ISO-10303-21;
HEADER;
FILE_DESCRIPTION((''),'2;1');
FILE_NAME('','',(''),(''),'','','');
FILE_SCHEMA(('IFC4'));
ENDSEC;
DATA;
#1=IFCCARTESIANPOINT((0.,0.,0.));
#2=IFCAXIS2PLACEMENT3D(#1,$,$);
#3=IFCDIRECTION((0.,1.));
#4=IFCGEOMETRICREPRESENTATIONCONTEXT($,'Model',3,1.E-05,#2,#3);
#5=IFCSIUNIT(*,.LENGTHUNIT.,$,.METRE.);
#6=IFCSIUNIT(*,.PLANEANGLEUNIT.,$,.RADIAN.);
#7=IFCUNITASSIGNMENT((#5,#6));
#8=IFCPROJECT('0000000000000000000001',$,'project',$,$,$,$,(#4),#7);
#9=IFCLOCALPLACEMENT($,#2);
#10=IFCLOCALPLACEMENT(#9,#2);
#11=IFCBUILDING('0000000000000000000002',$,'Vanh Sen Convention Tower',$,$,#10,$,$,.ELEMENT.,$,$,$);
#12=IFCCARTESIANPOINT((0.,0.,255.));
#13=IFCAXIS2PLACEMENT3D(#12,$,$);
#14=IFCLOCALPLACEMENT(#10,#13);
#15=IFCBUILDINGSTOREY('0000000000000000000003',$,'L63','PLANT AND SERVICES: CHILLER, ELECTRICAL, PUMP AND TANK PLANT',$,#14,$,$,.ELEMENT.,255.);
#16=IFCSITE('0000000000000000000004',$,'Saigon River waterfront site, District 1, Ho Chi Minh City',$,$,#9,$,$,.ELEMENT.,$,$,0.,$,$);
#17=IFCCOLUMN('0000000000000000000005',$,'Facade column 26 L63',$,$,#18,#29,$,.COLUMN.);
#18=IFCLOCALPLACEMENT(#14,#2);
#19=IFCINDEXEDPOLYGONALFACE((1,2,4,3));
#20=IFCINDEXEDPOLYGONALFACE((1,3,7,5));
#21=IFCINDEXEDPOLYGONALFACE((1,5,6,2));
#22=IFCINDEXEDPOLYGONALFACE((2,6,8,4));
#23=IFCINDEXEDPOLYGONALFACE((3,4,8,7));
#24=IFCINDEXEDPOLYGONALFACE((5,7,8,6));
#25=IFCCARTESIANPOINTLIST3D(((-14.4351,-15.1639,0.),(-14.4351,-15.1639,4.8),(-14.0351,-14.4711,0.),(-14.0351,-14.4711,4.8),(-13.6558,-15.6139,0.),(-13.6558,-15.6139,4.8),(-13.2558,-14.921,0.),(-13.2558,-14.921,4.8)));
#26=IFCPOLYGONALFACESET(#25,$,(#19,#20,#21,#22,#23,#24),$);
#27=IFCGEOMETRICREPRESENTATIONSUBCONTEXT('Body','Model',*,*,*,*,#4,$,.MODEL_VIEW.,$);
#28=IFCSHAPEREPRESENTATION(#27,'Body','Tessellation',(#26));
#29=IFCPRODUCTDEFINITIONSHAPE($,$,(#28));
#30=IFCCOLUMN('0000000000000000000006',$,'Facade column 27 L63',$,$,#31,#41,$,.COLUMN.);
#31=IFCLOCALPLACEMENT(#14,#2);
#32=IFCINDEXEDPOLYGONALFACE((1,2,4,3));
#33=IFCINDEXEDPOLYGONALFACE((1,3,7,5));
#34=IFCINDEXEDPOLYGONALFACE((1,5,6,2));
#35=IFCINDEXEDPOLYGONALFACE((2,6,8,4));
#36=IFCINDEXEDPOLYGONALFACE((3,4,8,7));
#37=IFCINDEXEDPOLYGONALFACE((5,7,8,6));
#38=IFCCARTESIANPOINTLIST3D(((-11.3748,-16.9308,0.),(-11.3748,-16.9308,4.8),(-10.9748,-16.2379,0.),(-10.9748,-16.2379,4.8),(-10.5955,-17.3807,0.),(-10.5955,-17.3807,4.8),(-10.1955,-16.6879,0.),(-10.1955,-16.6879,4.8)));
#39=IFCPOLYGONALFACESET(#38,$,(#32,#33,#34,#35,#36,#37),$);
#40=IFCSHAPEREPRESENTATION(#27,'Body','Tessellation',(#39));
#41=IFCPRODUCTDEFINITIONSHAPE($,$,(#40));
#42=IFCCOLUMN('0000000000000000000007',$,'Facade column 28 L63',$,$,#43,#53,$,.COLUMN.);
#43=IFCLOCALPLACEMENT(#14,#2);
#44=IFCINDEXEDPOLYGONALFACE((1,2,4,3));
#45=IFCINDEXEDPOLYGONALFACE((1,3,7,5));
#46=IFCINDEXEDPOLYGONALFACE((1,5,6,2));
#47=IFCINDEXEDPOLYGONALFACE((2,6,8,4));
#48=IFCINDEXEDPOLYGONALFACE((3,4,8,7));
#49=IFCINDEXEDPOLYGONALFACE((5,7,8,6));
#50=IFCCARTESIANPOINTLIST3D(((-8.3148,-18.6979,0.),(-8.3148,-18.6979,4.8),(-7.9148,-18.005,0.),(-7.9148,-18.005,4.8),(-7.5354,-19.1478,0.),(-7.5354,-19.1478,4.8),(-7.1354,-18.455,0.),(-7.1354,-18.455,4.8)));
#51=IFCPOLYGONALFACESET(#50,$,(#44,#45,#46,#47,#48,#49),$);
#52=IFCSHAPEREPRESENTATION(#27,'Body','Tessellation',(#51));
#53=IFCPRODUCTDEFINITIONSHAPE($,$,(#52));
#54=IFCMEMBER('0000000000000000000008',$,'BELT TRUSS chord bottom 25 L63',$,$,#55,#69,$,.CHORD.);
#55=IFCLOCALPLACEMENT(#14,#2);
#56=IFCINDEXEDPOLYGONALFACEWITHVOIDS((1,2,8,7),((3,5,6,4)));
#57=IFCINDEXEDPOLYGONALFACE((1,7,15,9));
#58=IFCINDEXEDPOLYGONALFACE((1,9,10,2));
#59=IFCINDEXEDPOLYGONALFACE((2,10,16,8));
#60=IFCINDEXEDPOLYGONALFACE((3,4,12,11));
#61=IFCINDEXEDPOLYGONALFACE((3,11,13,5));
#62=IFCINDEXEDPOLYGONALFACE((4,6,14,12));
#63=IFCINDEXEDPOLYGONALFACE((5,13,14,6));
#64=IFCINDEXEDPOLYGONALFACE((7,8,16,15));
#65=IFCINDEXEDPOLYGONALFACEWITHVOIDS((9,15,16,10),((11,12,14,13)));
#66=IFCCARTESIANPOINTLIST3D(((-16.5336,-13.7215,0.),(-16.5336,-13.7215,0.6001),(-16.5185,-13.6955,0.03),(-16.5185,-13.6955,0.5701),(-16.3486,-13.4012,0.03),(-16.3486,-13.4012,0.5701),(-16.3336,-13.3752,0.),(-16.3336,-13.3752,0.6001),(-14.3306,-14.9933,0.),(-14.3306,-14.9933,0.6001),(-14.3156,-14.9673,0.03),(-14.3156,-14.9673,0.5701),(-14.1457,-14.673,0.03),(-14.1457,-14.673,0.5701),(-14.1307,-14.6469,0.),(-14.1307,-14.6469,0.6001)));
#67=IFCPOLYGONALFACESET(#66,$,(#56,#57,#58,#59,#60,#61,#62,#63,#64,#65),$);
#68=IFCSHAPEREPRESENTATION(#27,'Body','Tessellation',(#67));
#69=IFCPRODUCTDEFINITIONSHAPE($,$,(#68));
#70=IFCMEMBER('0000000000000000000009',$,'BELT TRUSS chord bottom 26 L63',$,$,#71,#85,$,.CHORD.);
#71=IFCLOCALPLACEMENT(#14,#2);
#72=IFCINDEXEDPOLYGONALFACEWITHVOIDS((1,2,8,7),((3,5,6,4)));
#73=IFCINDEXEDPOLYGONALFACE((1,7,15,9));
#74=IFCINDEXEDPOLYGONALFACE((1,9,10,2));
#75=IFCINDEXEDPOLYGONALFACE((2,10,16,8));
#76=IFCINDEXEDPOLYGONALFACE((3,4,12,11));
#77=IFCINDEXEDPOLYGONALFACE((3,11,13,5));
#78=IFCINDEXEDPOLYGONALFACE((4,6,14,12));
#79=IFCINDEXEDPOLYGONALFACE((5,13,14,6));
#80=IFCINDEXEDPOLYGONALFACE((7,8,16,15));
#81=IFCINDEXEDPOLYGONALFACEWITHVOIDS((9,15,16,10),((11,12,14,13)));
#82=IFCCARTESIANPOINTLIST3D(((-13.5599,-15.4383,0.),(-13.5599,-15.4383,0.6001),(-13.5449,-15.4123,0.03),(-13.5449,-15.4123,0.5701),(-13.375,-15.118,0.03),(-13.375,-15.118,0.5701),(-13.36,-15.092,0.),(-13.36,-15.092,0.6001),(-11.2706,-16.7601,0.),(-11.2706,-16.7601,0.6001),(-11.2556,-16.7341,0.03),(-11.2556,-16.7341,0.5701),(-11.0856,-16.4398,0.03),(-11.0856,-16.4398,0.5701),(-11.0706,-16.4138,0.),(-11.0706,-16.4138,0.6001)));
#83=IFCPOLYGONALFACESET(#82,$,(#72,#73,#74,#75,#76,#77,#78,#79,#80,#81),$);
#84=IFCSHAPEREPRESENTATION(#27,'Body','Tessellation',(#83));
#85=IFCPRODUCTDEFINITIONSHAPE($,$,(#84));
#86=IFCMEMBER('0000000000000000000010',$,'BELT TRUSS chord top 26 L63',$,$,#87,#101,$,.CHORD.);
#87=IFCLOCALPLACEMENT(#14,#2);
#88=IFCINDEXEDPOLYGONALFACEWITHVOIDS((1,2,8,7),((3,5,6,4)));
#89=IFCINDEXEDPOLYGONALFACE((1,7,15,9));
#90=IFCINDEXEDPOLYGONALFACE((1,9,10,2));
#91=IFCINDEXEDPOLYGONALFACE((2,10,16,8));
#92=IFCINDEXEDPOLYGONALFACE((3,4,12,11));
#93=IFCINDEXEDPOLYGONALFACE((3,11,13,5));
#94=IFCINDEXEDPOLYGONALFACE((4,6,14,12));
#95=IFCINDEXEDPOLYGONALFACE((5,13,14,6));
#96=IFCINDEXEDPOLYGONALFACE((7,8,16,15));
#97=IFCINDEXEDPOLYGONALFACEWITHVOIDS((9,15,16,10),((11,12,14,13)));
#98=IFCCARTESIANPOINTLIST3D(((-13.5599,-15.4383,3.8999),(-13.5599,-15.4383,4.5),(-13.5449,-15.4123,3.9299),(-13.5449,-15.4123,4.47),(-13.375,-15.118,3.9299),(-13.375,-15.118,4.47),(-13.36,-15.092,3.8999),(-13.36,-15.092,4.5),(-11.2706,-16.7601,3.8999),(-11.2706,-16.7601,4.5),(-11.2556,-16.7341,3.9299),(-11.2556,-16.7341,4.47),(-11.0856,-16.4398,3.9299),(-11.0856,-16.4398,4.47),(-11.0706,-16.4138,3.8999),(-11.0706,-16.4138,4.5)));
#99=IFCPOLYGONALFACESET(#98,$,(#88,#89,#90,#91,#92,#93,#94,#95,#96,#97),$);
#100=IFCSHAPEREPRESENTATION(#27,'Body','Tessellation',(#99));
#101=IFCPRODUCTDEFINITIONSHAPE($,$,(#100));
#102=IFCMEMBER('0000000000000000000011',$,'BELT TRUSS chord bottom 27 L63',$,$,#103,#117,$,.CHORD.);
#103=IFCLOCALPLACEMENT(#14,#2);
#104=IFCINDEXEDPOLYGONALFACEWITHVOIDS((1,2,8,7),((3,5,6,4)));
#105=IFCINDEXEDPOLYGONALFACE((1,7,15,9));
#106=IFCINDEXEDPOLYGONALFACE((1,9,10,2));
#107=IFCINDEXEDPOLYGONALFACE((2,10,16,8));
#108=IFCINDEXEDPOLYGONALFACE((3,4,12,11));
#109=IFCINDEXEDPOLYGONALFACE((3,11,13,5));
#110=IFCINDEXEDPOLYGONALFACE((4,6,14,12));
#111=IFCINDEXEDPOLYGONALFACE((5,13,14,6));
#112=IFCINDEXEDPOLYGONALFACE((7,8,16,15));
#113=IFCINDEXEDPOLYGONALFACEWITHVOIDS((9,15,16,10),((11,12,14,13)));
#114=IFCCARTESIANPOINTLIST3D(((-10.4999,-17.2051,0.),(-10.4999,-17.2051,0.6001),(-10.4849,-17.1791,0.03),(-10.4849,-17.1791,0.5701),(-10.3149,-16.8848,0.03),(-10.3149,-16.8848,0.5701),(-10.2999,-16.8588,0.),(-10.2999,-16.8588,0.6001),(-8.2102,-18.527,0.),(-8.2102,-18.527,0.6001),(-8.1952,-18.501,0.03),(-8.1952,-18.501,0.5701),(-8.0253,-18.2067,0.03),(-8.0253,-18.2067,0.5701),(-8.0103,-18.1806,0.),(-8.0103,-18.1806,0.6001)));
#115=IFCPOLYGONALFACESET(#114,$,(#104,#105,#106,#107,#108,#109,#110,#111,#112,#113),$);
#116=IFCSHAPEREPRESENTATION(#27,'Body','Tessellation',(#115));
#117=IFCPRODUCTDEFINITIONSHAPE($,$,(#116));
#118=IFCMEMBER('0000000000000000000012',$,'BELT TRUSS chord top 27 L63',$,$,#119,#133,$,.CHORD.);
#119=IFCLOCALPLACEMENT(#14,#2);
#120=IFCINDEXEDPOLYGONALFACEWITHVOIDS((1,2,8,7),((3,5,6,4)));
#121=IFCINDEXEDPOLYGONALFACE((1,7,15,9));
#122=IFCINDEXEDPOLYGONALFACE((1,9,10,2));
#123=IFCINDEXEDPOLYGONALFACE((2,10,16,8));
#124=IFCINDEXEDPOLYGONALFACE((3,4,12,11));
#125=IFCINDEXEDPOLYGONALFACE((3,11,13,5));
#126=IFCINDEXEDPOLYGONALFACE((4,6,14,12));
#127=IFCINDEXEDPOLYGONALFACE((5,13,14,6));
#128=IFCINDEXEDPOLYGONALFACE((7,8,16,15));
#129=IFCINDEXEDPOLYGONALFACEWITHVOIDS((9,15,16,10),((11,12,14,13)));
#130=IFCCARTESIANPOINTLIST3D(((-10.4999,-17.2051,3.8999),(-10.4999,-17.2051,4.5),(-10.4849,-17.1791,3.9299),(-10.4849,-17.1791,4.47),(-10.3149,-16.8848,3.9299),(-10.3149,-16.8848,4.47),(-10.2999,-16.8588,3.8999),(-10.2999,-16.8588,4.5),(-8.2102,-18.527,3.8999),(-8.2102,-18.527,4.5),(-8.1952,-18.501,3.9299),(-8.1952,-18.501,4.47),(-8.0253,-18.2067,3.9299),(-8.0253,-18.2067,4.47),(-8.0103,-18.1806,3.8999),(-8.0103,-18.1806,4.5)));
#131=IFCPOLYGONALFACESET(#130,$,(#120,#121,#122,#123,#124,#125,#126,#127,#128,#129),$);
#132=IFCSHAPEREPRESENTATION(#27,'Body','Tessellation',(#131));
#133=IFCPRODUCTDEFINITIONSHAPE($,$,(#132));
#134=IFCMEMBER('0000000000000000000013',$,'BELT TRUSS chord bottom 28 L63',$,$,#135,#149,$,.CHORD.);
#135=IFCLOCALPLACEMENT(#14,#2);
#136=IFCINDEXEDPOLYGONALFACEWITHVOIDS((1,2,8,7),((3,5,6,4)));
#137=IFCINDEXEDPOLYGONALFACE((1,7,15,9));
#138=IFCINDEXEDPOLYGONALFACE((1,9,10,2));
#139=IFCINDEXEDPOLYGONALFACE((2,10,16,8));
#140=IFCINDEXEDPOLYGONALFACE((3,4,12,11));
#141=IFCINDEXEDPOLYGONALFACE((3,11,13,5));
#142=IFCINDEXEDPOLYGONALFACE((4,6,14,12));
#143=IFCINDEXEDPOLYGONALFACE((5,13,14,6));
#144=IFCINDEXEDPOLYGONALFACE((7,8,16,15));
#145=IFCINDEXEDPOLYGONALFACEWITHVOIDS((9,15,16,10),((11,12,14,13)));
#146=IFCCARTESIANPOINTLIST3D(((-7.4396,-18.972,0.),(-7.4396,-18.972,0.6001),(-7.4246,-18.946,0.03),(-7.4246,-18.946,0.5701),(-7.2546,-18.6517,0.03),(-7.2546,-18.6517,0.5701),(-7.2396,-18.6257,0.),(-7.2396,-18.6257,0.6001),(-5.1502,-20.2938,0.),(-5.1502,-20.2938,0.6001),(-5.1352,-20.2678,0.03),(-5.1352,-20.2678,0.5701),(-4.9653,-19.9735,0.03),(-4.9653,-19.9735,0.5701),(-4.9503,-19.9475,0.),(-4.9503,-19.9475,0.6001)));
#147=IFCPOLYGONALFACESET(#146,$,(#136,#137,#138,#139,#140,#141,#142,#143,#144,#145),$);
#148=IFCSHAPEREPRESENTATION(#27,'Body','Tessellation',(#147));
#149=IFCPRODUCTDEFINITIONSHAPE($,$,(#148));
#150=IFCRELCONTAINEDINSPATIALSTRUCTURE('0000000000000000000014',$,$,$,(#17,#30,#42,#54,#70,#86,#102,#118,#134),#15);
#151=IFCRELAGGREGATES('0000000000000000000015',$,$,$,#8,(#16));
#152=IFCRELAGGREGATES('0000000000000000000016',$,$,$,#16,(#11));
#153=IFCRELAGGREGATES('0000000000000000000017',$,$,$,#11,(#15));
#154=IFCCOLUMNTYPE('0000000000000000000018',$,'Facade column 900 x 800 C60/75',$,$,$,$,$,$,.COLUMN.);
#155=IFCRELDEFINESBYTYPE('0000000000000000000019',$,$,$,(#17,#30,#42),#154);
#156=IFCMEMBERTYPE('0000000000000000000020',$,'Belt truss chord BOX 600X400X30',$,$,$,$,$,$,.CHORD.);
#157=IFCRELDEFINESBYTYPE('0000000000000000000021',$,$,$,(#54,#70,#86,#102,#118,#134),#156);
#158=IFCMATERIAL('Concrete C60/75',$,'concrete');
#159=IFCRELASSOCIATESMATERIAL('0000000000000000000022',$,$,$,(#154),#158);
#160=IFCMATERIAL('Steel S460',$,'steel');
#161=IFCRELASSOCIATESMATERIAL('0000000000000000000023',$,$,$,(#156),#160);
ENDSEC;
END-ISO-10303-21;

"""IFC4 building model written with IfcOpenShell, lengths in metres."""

from ifc_helpers import new_model, si_unit, direction, frame, origin, origin_2d, place, context, subcontext, project, spatial, rectangle, hollow_rectangle, extrude, material, material_profile, profile_set, type_object, element, save


model = new_model("IFC4")

# Units and contexts
model_context = context("Model", 3, precision=1e-05, world=origin(), true_north=direction((0.0, 1.0)))
body_context = subcontext(model_context, "Body", "Model", "MODEL_VIEW")
ifc_project = project(units=[si_unit("LENGTHUNIT", "METRE"), si_unit("PLANEANGLEUNIT", "RADIAN")], contexts=[model_context])

# Site, building, storey
site_placement = place(None, origin())
site = spatial("IfcSite", under=ifc_project, at=site_placement, Name="Saigon River waterfront site, District 1, Ho Chi Minh City", CompositionType="ELEMENT", RefElevation=0.0)
building_placement = place(site_placement, origin())
building = spatial("IfcBuilding", under=site, at=building_placement, Name="Vanh Sen Convention Tower", CompositionType="ELEMENT")
storey_placement = place(building_placement, frame((0.0, 0.0, 255.0)))
storey = spatial("IfcBuildingStorey", under=building, at=storey_placement, Name="L63", Description="PLANT AND SERVICES: CHILLER, ELECTRICAL, PUMP AND TANK PLANT", CompositionType="ELEMENT", Elevation=255.0)

# Columns
ifc_material_1 = material(Name="Concrete C60/75", Category="concrete")
ifc_material_profile_1 = material_profile(ifc_material_1, rectangle(XDim=0.8999, YDim=0.8, at=origin_2d()), Name="RC 900X800")
ifc_profile_set_1 = profile_set([ifc_material_profile_1], Name="Concrete C60/75")
column_type = type_object("IfcColumnType", Name="Facade column 900 x 800 C60/75", PredefinedType="COLUMN", material=ifc_profile_set_1)
for number, where, z_axis, x_axis, name in (
    (1, (-13.8455, -15.0425, 0.0), (0.0, 0.0, 1.0), (0.866025, -0.5, 0.0), "Facade column 26 L63"),
    (2, (-10.7852, -16.8093, 0.0), (0.0, 0.0, 1.0), (0.866025, -0.5, 0.0), "Facade column 27 L63"),
    (3, (-7.7251, -18.5764, 0.0), (0.0, 0.0, 1.0), (0.866025, -0.5, 0.0), "Facade column 28 L63"),
):
    element("IfcColumn", number, at=place(storey_placement, frame(where, z_axis=z_axis, x_axis=x_axis)), inside=storey, type_object=column_type, Name=name, PredefinedType="COLUMN", context=body_context, shape_type="SweptSolid", body=[
        extrude(rectangle(XDim=0.8999, YDim=0.8, at=origin_2d()), origin(), (0.0, 0.0, 1.0), 4.8),
    ])

# Members
ifc_material_2 = material(Name="Steel S460", Category="steel")
ifc_material_profile_2 = material_profile(ifc_material_2, hollow_rectangle(XDim=0.3999, YDim=0.6001, WallThickness=0.03, at=origin_2d()), Name="BOX 600X400X30")
ifc_profile_set_2 = profile_set([ifc_material_profile_2], Name="Steel S460")
member_type_1 = type_object("IfcMemberType", Name="Belt truss chord BOX 600X400X30", PredefinedType="CHORD", material=ifc_profile_set_2)
member_1_placement = place(storey_placement, frame((-16.4336, -13.5483, 0.3), z_axis=(0.866043, -0.499969, 0.0), x_axis=(0.499969, 0.866043, 0.0)))
element("IfcMember", 4, at=member_1_placement, inside=storey, type_object=member_type_1, Name="BELT TRUSS chord bottom 25 L63", PredefinedType="CHORD", context=body_context, shape_type="SweptSolid", body=[
    extrude(hollow_rectangle(XDim=0.3999, YDim=0.6001, WallThickness=0.03, at=origin_2d()), origin(), (0.0, 0.0, 1.0), 2.5437),
])
for number, where, z_axis, x_axis, name in (
    (5, (-13.46, -15.2651, 0.3), (0.866018, -0.500013, 0.0), (0.500013, 0.866018, 0.0), "BELT TRUSS chord bottom 26 L63"),
    (6, (-13.46, -15.2651, 4.2), (0.866018, -0.500013, 0.0), (0.500013, 0.866018, 0.0), "BELT TRUSS chord top 26 L63"),
):
    element("IfcMember", number, at=place(storey_placement, frame(where, z_axis=z_axis, x_axis=x_axis)), inside=storey, type_object=member_type_1, Name=name, PredefinedType="CHORD", context=body_context, shape_type="SweptSolid", body=[
        extrude(hollow_rectangle(XDim=0.3999, YDim=0.6001, WallThickness=0.03, at=origin_2d()), origin(), (0.0, 0.0, 1.0), 2.6436),
    ])
for number, where, z_axis, x_axis, name in (
    (7, (-10.3999, -17.032, 0.3), (0.866041, -0.499973, 0.0), (0.499973, 0.866041, 0.0), "BELT TRUSS chord bottom 27 L63"),
    (8, (-10.3999, -17.032, 4.2), (0.866041, -0.499973, 0.0), (0.499973, 0.866041, 0.0), "BELT TRUSS chord top 27 L63"),
):
    element("IfcMember", number, at=place(storey_placement, frame(where, z_axis=z_axis, x_axis=x_axis)), inside=storey, type_object=member_type_1, Name=name, PredefinedType="CHORD", context=body_context, shape_type="SweptSolid", body=[
        extrude(hollow_rectangle(XDim=0.3999, YDim=0.6001, WallThickness=0.03, at=origin_2d()), origin(), (0.0, 0.0, 1.0), 2.6438),
    ])
member_2_placement = place(storey_placement, frame((-7.3396, -18.7988, 0.3), z_axis=(0.866018, -0.500013, 0.0), x_axis=(0.500013, 0.866018, 0.0)))
element("IfcMember", 9, at=member_2_placement, inside=storey, type_object=member_type_1, Name="BELT TRUSS chord bottom 28 L63", PredefinedType="CHORD", context=body_context, shape_type="SweptSolid", body=[
    extrude(hollow_rectangle(XDim=0.3999, YDim=0.6001, WallThickness=0.03, at=origin_2d()), origin(), (0.0, 0.0, 1.0), 2.6436),
])

save(model, "model.ifc")
